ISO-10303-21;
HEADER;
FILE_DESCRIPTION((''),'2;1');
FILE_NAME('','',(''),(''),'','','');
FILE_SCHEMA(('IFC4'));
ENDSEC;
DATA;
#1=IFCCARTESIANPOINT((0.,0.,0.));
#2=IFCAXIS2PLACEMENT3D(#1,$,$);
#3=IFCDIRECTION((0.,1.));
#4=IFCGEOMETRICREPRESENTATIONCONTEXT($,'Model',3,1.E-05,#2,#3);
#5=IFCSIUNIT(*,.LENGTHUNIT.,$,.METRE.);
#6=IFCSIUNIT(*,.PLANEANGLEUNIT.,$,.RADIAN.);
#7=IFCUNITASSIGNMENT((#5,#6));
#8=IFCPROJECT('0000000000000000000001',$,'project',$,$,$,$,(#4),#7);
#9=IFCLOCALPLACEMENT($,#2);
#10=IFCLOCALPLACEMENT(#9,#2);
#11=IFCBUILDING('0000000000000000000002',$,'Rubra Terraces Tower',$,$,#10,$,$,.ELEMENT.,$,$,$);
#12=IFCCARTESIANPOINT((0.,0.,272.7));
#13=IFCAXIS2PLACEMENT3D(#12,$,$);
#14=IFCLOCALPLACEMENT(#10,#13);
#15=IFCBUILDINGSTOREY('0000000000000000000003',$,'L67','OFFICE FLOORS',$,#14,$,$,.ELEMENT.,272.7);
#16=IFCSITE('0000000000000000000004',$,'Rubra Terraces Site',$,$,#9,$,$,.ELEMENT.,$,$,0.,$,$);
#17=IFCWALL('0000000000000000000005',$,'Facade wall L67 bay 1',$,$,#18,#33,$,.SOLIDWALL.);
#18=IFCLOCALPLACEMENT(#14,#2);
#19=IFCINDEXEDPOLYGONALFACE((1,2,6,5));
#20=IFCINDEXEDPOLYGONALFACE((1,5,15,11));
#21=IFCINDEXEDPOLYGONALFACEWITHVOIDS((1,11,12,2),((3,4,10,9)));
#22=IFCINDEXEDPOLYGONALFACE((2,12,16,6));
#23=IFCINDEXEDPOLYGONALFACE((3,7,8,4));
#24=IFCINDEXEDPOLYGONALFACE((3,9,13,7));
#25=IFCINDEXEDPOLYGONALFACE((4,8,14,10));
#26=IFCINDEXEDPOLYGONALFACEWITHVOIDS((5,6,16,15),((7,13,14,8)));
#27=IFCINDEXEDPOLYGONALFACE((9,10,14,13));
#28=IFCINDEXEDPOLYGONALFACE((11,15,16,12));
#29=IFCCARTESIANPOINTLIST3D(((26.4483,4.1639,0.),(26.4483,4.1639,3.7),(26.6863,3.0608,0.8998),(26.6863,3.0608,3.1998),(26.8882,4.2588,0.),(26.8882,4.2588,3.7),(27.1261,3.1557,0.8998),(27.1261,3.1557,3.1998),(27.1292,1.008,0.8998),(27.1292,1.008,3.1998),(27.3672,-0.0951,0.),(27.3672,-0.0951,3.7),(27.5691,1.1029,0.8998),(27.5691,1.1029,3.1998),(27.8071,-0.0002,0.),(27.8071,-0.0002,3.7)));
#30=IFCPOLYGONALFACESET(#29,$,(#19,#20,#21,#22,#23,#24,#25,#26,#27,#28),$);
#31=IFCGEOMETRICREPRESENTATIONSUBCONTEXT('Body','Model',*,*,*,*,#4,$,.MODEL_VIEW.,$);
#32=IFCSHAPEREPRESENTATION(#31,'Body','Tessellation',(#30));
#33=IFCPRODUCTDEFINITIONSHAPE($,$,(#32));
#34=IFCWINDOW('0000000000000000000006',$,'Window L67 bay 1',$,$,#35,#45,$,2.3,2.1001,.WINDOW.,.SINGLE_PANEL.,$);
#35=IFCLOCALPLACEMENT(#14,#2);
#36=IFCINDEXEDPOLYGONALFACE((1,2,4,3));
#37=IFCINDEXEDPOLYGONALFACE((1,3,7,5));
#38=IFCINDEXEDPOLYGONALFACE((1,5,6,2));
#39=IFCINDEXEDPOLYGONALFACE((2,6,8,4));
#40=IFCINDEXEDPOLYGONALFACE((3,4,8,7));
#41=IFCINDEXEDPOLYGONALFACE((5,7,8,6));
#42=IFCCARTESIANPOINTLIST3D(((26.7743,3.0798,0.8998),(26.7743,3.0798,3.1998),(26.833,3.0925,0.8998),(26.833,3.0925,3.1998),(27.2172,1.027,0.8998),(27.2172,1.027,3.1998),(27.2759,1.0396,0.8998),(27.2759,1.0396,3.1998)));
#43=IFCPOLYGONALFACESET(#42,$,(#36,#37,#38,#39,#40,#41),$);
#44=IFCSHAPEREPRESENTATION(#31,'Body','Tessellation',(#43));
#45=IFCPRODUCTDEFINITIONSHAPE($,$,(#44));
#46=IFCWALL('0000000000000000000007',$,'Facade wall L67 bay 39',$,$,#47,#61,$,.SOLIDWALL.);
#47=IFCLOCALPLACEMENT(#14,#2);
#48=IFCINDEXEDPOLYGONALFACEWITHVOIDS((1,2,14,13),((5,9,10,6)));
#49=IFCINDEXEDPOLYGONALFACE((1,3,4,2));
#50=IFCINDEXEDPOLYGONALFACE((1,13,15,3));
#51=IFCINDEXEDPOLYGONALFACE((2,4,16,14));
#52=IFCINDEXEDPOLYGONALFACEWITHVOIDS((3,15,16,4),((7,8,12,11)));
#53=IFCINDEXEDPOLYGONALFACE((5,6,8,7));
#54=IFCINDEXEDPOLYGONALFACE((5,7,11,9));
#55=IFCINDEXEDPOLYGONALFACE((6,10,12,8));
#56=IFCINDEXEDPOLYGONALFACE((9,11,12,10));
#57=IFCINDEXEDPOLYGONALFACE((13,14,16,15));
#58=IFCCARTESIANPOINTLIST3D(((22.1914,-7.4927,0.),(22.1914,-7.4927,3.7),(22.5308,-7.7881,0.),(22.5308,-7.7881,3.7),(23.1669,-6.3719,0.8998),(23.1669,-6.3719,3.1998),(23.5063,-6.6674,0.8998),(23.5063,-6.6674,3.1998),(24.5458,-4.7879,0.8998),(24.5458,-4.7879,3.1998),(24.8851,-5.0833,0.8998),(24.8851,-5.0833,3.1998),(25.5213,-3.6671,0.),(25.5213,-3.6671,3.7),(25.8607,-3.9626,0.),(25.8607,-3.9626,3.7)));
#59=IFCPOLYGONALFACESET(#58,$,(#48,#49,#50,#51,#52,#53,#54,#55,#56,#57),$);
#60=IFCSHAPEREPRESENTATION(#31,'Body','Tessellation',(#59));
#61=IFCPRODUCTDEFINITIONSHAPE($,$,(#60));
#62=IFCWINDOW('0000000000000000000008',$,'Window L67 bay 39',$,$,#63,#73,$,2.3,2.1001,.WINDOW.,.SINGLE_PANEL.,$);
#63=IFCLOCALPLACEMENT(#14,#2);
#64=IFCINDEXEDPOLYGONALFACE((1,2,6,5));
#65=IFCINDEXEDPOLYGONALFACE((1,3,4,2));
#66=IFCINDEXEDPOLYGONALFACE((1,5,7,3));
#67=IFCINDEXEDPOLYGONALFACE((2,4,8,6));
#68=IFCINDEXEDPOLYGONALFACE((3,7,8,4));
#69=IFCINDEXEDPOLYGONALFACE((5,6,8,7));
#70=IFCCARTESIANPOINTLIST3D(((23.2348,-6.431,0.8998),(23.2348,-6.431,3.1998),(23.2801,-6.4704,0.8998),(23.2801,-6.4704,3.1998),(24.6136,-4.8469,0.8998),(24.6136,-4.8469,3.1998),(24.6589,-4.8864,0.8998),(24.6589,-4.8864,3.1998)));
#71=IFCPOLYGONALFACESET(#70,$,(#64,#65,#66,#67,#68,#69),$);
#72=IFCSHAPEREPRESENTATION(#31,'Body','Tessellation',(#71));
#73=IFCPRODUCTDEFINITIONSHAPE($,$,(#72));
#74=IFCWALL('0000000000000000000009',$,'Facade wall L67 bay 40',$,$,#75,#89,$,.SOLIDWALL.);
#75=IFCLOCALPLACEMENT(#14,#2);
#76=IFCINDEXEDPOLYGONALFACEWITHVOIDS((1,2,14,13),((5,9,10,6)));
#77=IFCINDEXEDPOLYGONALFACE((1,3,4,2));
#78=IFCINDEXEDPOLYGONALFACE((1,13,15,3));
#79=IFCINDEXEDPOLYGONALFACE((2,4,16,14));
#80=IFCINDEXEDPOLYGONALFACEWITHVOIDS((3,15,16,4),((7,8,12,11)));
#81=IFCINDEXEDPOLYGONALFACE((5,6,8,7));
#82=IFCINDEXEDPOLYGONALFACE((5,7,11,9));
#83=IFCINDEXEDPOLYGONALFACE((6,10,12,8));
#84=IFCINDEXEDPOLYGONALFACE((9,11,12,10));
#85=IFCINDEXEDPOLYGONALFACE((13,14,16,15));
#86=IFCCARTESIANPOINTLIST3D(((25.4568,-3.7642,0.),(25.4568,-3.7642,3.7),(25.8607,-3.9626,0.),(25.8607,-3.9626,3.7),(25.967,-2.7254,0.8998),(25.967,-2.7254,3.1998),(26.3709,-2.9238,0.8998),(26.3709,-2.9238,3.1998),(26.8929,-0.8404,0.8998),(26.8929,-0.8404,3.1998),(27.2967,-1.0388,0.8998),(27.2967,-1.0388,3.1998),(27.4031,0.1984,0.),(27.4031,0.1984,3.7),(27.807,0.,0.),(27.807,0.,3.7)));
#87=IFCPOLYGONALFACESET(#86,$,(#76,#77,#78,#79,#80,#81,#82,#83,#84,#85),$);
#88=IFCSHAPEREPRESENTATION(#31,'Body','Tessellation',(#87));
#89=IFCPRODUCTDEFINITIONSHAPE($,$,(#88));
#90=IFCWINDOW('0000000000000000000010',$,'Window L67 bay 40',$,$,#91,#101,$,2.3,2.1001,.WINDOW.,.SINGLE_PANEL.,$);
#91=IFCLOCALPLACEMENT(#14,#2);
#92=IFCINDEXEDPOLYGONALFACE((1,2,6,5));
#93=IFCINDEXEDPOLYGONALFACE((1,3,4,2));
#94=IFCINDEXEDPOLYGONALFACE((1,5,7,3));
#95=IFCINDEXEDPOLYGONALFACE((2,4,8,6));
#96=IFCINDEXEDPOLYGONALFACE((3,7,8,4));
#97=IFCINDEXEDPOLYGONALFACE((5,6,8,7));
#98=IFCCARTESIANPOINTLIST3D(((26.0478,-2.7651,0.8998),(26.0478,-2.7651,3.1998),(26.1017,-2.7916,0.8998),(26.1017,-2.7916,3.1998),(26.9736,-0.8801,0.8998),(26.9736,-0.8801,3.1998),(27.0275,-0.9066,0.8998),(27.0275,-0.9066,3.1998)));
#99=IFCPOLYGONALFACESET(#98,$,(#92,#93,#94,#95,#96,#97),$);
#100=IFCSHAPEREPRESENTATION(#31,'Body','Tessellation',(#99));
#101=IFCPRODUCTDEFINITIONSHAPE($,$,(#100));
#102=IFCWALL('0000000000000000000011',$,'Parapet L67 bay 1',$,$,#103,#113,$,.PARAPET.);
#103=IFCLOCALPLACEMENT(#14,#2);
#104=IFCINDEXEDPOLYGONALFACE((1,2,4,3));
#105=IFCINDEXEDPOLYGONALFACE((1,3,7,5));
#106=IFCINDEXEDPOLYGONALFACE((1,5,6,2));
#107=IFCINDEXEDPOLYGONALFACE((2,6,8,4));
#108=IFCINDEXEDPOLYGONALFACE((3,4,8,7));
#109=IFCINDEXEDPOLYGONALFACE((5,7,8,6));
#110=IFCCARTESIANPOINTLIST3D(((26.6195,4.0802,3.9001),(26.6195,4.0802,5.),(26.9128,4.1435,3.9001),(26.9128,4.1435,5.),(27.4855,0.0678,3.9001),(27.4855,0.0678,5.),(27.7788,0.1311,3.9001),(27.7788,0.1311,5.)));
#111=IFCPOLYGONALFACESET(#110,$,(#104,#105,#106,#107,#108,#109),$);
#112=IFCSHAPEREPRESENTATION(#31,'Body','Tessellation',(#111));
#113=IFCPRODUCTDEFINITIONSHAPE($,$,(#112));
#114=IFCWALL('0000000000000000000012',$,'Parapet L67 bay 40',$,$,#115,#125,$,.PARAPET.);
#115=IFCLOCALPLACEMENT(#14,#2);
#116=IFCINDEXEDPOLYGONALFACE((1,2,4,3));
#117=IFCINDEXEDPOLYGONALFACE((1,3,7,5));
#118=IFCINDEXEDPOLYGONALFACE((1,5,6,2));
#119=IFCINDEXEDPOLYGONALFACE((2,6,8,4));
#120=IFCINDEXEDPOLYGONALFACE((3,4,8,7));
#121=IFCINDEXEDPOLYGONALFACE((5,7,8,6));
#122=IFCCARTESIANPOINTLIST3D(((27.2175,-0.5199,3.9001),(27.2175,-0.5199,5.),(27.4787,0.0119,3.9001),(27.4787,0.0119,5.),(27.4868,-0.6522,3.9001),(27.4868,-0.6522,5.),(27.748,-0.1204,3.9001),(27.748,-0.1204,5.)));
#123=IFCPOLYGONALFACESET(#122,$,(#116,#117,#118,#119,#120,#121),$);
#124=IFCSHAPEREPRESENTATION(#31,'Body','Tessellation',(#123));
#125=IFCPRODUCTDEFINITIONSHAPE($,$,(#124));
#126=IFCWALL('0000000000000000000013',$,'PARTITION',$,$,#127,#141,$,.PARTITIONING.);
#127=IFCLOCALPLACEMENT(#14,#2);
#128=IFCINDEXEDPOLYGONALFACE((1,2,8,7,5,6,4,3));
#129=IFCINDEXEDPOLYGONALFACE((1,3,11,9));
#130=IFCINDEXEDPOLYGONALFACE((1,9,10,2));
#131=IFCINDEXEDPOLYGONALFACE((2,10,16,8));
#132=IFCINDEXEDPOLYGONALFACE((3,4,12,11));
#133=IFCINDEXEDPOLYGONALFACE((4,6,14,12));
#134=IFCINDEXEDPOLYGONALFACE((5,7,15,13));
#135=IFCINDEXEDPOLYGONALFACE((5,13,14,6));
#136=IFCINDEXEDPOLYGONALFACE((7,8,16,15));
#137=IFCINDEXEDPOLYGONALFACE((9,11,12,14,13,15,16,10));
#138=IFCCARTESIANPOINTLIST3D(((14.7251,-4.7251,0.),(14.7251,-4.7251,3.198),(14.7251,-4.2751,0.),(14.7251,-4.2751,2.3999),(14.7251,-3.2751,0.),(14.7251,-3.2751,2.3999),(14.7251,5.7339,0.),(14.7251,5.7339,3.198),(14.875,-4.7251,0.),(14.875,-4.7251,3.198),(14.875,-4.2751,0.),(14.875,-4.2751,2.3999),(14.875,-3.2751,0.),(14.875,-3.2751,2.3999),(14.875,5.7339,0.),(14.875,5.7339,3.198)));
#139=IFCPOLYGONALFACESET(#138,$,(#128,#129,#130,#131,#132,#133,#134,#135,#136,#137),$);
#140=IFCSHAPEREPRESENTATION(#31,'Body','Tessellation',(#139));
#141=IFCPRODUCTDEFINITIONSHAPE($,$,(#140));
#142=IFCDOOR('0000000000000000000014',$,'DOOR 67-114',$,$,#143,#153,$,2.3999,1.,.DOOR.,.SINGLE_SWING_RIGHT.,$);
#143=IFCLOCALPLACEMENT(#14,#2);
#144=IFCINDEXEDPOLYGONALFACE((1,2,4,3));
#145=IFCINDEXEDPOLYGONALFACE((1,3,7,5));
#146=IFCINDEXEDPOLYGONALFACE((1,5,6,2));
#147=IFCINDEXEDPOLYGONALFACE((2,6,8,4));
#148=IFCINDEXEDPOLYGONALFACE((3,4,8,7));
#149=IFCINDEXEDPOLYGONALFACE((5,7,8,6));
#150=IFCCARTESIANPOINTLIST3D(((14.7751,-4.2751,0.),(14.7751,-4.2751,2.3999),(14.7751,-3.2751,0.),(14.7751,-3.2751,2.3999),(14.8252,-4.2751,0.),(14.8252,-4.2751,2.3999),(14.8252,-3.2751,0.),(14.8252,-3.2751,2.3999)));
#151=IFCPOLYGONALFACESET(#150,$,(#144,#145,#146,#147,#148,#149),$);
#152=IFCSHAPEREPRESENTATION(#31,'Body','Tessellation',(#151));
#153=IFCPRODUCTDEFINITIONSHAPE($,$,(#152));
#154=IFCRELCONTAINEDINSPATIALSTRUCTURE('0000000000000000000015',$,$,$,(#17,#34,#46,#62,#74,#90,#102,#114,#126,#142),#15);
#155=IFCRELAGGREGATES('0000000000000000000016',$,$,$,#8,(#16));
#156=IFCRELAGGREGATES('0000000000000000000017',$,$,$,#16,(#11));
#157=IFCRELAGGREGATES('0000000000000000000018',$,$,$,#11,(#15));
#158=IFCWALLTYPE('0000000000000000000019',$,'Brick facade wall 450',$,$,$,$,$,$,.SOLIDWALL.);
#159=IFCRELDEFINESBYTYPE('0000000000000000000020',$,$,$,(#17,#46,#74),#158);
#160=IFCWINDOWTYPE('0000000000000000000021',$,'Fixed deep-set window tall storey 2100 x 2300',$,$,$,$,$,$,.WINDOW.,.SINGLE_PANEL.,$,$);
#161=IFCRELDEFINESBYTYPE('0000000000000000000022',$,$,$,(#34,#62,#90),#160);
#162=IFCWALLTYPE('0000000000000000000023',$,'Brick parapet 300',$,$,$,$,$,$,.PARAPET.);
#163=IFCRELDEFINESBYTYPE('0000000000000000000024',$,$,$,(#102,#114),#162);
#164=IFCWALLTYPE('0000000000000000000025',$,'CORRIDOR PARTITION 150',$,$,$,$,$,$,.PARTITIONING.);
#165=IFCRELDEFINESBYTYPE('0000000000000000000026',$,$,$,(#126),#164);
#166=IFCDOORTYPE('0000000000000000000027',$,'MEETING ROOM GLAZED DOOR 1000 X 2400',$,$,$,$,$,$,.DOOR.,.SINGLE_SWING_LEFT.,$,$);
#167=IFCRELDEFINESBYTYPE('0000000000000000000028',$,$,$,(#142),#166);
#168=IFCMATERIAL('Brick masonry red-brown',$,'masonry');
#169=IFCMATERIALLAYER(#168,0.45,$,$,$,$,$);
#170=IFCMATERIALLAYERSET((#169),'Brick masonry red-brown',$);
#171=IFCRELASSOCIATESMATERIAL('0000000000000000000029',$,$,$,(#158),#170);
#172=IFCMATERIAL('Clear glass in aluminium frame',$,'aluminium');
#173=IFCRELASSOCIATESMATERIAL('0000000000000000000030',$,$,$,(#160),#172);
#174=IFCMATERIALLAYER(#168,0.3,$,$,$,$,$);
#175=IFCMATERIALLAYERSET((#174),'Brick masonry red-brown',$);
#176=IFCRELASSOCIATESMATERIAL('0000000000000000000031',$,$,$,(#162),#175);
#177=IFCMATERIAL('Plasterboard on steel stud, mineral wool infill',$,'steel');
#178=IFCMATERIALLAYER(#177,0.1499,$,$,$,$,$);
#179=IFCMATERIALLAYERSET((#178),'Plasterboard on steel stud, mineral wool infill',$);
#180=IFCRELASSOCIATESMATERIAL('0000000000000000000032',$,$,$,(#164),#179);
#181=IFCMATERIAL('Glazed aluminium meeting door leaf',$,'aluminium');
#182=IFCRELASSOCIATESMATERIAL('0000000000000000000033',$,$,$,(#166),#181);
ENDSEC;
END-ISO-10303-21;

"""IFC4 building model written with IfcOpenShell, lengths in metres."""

from ifc_helpers import new_model, si_unit, direction, frame, frame_2d, origin, place, context, subcontext, project, spatial, rectangle, extrude, material, layer, layer_set, type_object, element, fill, save


model = new_model("IFC4")

# Units and contexts
model_context = context("Model", 3, precision=1e-05, world=origin(), true_north=direction((0.0, 1.0)))
body_context = subcontext(model_context, "Body", "Model", "MODEL_VIEW")
ifc_project = project(units=[si_unit("LENGTHUNIT", "METRE"), si_unit("PLANEANGLEUNIT", "RADIAN")], contexts=[model_context])

# Site, building, storey
site_placement = place(None, origin())
site = spatial("IfcSite", under=ifc_project, at=site_placement, Name="Rubra Terraces Site", CompositionType="ELEMENT", RefElevation=0.0)
building_placement = place(site_placement, origin())
building = spatial("IfcBuilding", under=site, at=building_placement, Name="Rubra Terraces Tower", CompositionType="ELEMENT")
storey_placement = place(building_placement, frame((0.0, 0.0, 272.7)))
storey = spatial("IfcBuildingStorey", under=building, at=storey_placement, Name="L67", Description="OFFICE FLOORS", CompositionType="ELEMENT", Elevation=272.7)

# Walls, openings, windows
ifc_material_1 = material(Name="Brick masonry red-brown", Category="masonry")
ifc_layer_1 = layer(ifc_material_1, 0.45)
ifc_layer_set_1 = layer_set([ifc_layer_1], Name="Brick masonry red-brown")
wall_type_1 = type_object("IfcWallType", Name="Brick facade wall 450", PredefinedType="SOLIDWALL", material=ifc_layer_set_1)
wall_1_placement = place(storey_placement, frame((27.5872, -0.0476, 0.0), z_axis=(0.0, 0.0, 1.0), x_axis=(-0.21091, 0.977505, 0.0)))
wall_1 = element("IfcWall", 1, at=wall_1_placement, inside=storey, type_object=wall_type_1, Name="Facade wall L67 bay 1", PredefinedType="SOLIDWALL", context=body_context, shape_type="SweptSolid", body=[
    extrude(rectangle(XDim=4.3569, YDim=0.45, at=frame_2d((2.1785, 0.0))), origin(), (0.0, 0.0, 1.0), 3.7),
])
opening_1_placement = place(wall_1_placement, frame((1.1284, 0.0, 0.8999)))
opening_1 = element("IfcOpeningElement", 2, at=opening_1_placement, cuts=wall_1, PredefinedType="OPENING", context=body_context, shape_type="SweptSolid", body=[
    extrude(rectangle(XDim=2.1001, YDim=2.3, at=frame_2d((1.05, 1.1499))), frame((0.0, 0.2349, 0.0), z_axis=(0.0, -1.0, 0.0), x_axis=(1.0, 0.0, 0.0)), (0.0, 0.0, 1.0), 0.47),
])
ifc_material_2 = material(Name="Clear glass in aluminium frame", Category="aluminium")
window_type = type_object("IfcWindowType", Name="Fixed deep-set window tall storey 2100 x 2300", PartitioningType="SINGLE_PANEL", PredefinedType="WINDOW", material=ifc_material_2)
window_1_placement = place(opening_1_placement, origin())
window_1 = element("IfcWindow", 3, at=window_1_placement, inside=storey, type_object=window_type, Name="Window L67 bay 1", OverallHeight=2.3, OverallWidth=2.1001, PartitioningType="SINGLE_PANEL", PredefinedType="WINDOW", context=body_context, shape_type="SweptSolid", body=[
    extrude(rectangle(XDim=2.1001, YDim=2.3, at=frame_2d((1.05, 1.1499))), frame((0.0, 0.135, 0.0), z_axis=(0.0, -1.0, 0.0), x_axis=(1.0, 0.0, 0.0)), (0.0, 0.0, 1.0), 0.0601),
])
fill(opening_1, window_1)
wall_2_placement = place(storey_placement, frame((22.3611, -7.6404, 0.0), z_axis=(0.0, 0.0, 1.0), x_axis=(0.656556, 0.754277, 0.0)))
wall_2 = element("IfcWall", 4, at=wall_2_placement, inside=storey, type_object=wall_type_1, Name="Facade wall L67 bay 39", PredefinedType="SOLIDWALL", context=body_context, shape_type="SweptSolid", body=[
    extrude(rectangle(XDim=5.0718, YDim=0.45, at=frame_2d((2.5359, 0.0))), origin(), (0.0, 0.0, 1.0), 3.7),
])
opening_2_placement = place(wall_2_placement, frame((1.4858, 0.0, 0.8999)))
opening_2 = element("IfcOpeningElement", 5, at=opening_2_placement, cuts=wall_2, PredefinedType="OPENING", context=body_context, shape_type="SweptSolid", body=[
    extrude(rectangle(XDim=2.1001, YDim=2.3, at=frame_2d((1.05, 1.1499))), frame((0.0, 0.2349, 0.0), z_axis=(0.0, -1.0, 0.0), x_axis=(1.0, 0.0, 0.0)), (0.0, 0.0, 1.0), 0.47),
])
window_2_placement = place(opening_2_placement, origin())
window_2 = element("IfcWindow", 6, at=window_2_placement, inside=storey, type_object=window_type, Name="Window L67 bay 39", OverallHeight=2.3, OverallWidth=2.1001, PartitioningType="SINGLE_PANEL", PredefinedType="WINDOW", context=body_context, shape_type="SweptSolid", body=[
    extrude(rectangle(XDim=2.1001, YDim=2.3, at=frame_2d((1.05, 1.1499))), frame((0.0, 0.135, 0.0), z_axis=(0.0, -1.0, 0.0), x_axis=(1.0, 0.0, 0.0)), (0.0, 0.0, 1.0), 0.0601),
])
fill(opening_2, window_2)
wall_3_placement = place(storey_placement, frame((25.6587, -3.8635, 0.0), z_axis=(0.0, 0.0, 1.0), x_axis=(0.440854, 0.897579, 0.0)))
wall_3 = element("IfcWall", 7, at=wall_3_placement, inside=storey, type_object=wall_type_1, Name="Facade wall L67 bay 40", PredefinedType="SOLIDWALL", context=body_context, shape_type="SweptSolid", body=[
    extrude(rectangle(XDim=4.4148, YDim=0.45, at=frame_2d((2.2075, 0.0))), origin(), (0.0, 0.0, 1.0), 3.7),
])
opening_3_placement = place(wall_3_placement, frame((1.1575, 0.0, 0.8999)))
opening_3 = element("IfcOpeningElement", 8, at=opening_3_placement, cuts=wall_3, PredefinedType="OPENING", context=body_context, shape_type="SweptSolid", body=[
    extrude(rectangle(XDim=2.1001, YDim=2.3, at=frame_2d((1.05, 1.1499))), frame((0.0, 0.2349, 0.0), z_axis=(0.0, -1.0, 0.0), x_axis=(1.0, 0.0, 0.0)), (0.0, 0.0, 1.0), 0.47),
])
window_3_placement = place(opening_3_placement, origin())
window_3 = element("IfcWindow", 9, at=window_3_placement, inside=storey, type_object=window_type, Name="Window L67 bay 40", OverallHeight=2.3, OverallWidth=2.1001, PartitioningType="SINGLE_PANEL", PredefinedType="WINDOW", context=body_context, shape_type="SweptSolid", body=[
    extrude(rectangle(XDim=2.1001, YDim=2.3, at=frame_2d((1.05, 1.1499))), frame((0.0, 0.135, 0.0), z_axis=(0.0, -1.0, 0.0), x_axis=(1.0, 0.0, 0.0)), (0.0, 0.0, 1.0), 0.0601),
])
fill(opening_3, window_3)

# Walls
ifc_layer_2 = layer(ifc_material_1, 0.3)
ifc_layer_set_2 = layer_set([ifc_layer_2], Name="Brick masonry red-brown")
wall_type_2 = type_object("IfcWallType", Name="Brick parapet 300", PredefinedType="PARAPET", material=ifc_layer_set_2)
wall_4_placement = place(storey_placement, frame((27.6321, 0.0996, 3.9001), z_axis=(0.0, 0.0, 1.0), x_axis=(-0.210963, 0.977494, 0.0)))
element("IfcWall", 10, at=wall_4_placement, inside=storey, type_object=wall_type_2, Name="Parapet L67 bay 1", PredefinedType="PARAPET", context=body_context, shape_type="SweptSolid", body=[
    extrude(rectangle(XDim=4.1047, YDim=0.3, at=frame_2d((2.0522, 0.0))), origin(), (0.0, 0.0, 1.0), 1.0999),
])
wall_5_placement = place(storey_placement, frame((27.3521, -0.5862, 3.9001), z_axis=(0.0, 0.0, 1.0), x_axis=(0.440939, 0.897537, 0.0)))
element("IfcWall", 11, at=wall_5_placement, inside=storey, type_object=wall_type_2, Name="Parapet L67 bay 40", PredefinedType="PARAPET", context=body_context, shape_type="SweptSolid", body=[
    extrude(rectangle(XDim=0.5925, YDim=0.3, at=frame_2d((0.2964, 0.0))), origin(), (0.0, 0.0, 1.0), 1.0999),
])

# Wall, opening, door
ifc_material_3 = material(Name="Plasterboard on steel stud, mineral wool infill", Category="steel")
ifc_layer_3 = layer(ifc_material_3, 0.1499)
ifc_layer_set_3 = layer_set([ifc_layer_3], Name="Plasterboard on steel stud, mineral wool infill")
wall_type_3 = type_object("IfcWallType", Name="CORRIDOR PARTITION 150", PredefinedType="PARTITIONING", material=ifc_layer_set_3)
wall_6_placement = place(storey_placement, frame((14.8, -4.7251, 0.0), z_axis=(0.0, 0.0, 1.0), x_axis=(0.0, 1.0, 0.0)))
wall_6 = element("IfcWall", 12, at=wall_6_placement, inside=storey, type_object=wall_type_3, Name="PARTITION", PredefinedType="PARTITIONING", context=body_context, shape_type="SweptSolid", body=[
    extrude(rectangle(XDim=10.459, YDim=0.1499, at=frame_2d((5.2295, 0.0))), origin(), (0.0, 0.0, 1.0), 3.198),
])
opening_4_placement = place(wall_6_placement, frame((0.45, 0.0, 0.0)))
opening_4 = element("IfcOpeningElement", 13, at=opening_4_placement, cuts=wall_6, PredefinedType="OPENING", context=body_context, shape_type="SweptSolid", body=[
    extrude(rectangle(XDim=1.0, YDim=2.3999, at=frame_2d((0.5, 1.2))), frame((0.0, 0.085, 0.0), z_axis=(0.0, -1.0, 0.0), x_axis=(1.0, 0.0, 0.0)), (0.0, 0.0, 1.0), 0.1699),
])
ifc_material_4 = material(Name="Glazed aluminium meeting door leaf", Category="aluminium")
door_type_1 = type_object("IfcDoorType", Name="MEETING ROOM GLAZED DOOR 1000 X 2400", OperationType="SINGLE_SWING_LEFT", PredefinedType="DOOR", material=ifc_material_4)
door_1_placement = place(opening_4_placement, origin())
door_1 = element("IfcDoor", 14, at=door_1_placement, inside=storey, type_object=door_type_1, Name="DOOR 67-114", OperationType="SINGLE_SWING_RIGHT", OverallHeight=2.3999, OverallWidth=1.0, PredefinedType="DOOR", context=body_context, shape_type="SweptSolid", body=[
    extrude(rectangle(XDim=1.0, YDim=2.3999, at=frame_2d((0.5, 1.2))), frame((0.0, 0.0249, 0.0), z_axis=(0.0, -1.0, 0.0), x_axis=(1.0, 0.0, 0.0)), (0.0, 0.0, 1.0), 0.05),
])
fill(opening_4, door_1)

save(model, "model.ifc")
